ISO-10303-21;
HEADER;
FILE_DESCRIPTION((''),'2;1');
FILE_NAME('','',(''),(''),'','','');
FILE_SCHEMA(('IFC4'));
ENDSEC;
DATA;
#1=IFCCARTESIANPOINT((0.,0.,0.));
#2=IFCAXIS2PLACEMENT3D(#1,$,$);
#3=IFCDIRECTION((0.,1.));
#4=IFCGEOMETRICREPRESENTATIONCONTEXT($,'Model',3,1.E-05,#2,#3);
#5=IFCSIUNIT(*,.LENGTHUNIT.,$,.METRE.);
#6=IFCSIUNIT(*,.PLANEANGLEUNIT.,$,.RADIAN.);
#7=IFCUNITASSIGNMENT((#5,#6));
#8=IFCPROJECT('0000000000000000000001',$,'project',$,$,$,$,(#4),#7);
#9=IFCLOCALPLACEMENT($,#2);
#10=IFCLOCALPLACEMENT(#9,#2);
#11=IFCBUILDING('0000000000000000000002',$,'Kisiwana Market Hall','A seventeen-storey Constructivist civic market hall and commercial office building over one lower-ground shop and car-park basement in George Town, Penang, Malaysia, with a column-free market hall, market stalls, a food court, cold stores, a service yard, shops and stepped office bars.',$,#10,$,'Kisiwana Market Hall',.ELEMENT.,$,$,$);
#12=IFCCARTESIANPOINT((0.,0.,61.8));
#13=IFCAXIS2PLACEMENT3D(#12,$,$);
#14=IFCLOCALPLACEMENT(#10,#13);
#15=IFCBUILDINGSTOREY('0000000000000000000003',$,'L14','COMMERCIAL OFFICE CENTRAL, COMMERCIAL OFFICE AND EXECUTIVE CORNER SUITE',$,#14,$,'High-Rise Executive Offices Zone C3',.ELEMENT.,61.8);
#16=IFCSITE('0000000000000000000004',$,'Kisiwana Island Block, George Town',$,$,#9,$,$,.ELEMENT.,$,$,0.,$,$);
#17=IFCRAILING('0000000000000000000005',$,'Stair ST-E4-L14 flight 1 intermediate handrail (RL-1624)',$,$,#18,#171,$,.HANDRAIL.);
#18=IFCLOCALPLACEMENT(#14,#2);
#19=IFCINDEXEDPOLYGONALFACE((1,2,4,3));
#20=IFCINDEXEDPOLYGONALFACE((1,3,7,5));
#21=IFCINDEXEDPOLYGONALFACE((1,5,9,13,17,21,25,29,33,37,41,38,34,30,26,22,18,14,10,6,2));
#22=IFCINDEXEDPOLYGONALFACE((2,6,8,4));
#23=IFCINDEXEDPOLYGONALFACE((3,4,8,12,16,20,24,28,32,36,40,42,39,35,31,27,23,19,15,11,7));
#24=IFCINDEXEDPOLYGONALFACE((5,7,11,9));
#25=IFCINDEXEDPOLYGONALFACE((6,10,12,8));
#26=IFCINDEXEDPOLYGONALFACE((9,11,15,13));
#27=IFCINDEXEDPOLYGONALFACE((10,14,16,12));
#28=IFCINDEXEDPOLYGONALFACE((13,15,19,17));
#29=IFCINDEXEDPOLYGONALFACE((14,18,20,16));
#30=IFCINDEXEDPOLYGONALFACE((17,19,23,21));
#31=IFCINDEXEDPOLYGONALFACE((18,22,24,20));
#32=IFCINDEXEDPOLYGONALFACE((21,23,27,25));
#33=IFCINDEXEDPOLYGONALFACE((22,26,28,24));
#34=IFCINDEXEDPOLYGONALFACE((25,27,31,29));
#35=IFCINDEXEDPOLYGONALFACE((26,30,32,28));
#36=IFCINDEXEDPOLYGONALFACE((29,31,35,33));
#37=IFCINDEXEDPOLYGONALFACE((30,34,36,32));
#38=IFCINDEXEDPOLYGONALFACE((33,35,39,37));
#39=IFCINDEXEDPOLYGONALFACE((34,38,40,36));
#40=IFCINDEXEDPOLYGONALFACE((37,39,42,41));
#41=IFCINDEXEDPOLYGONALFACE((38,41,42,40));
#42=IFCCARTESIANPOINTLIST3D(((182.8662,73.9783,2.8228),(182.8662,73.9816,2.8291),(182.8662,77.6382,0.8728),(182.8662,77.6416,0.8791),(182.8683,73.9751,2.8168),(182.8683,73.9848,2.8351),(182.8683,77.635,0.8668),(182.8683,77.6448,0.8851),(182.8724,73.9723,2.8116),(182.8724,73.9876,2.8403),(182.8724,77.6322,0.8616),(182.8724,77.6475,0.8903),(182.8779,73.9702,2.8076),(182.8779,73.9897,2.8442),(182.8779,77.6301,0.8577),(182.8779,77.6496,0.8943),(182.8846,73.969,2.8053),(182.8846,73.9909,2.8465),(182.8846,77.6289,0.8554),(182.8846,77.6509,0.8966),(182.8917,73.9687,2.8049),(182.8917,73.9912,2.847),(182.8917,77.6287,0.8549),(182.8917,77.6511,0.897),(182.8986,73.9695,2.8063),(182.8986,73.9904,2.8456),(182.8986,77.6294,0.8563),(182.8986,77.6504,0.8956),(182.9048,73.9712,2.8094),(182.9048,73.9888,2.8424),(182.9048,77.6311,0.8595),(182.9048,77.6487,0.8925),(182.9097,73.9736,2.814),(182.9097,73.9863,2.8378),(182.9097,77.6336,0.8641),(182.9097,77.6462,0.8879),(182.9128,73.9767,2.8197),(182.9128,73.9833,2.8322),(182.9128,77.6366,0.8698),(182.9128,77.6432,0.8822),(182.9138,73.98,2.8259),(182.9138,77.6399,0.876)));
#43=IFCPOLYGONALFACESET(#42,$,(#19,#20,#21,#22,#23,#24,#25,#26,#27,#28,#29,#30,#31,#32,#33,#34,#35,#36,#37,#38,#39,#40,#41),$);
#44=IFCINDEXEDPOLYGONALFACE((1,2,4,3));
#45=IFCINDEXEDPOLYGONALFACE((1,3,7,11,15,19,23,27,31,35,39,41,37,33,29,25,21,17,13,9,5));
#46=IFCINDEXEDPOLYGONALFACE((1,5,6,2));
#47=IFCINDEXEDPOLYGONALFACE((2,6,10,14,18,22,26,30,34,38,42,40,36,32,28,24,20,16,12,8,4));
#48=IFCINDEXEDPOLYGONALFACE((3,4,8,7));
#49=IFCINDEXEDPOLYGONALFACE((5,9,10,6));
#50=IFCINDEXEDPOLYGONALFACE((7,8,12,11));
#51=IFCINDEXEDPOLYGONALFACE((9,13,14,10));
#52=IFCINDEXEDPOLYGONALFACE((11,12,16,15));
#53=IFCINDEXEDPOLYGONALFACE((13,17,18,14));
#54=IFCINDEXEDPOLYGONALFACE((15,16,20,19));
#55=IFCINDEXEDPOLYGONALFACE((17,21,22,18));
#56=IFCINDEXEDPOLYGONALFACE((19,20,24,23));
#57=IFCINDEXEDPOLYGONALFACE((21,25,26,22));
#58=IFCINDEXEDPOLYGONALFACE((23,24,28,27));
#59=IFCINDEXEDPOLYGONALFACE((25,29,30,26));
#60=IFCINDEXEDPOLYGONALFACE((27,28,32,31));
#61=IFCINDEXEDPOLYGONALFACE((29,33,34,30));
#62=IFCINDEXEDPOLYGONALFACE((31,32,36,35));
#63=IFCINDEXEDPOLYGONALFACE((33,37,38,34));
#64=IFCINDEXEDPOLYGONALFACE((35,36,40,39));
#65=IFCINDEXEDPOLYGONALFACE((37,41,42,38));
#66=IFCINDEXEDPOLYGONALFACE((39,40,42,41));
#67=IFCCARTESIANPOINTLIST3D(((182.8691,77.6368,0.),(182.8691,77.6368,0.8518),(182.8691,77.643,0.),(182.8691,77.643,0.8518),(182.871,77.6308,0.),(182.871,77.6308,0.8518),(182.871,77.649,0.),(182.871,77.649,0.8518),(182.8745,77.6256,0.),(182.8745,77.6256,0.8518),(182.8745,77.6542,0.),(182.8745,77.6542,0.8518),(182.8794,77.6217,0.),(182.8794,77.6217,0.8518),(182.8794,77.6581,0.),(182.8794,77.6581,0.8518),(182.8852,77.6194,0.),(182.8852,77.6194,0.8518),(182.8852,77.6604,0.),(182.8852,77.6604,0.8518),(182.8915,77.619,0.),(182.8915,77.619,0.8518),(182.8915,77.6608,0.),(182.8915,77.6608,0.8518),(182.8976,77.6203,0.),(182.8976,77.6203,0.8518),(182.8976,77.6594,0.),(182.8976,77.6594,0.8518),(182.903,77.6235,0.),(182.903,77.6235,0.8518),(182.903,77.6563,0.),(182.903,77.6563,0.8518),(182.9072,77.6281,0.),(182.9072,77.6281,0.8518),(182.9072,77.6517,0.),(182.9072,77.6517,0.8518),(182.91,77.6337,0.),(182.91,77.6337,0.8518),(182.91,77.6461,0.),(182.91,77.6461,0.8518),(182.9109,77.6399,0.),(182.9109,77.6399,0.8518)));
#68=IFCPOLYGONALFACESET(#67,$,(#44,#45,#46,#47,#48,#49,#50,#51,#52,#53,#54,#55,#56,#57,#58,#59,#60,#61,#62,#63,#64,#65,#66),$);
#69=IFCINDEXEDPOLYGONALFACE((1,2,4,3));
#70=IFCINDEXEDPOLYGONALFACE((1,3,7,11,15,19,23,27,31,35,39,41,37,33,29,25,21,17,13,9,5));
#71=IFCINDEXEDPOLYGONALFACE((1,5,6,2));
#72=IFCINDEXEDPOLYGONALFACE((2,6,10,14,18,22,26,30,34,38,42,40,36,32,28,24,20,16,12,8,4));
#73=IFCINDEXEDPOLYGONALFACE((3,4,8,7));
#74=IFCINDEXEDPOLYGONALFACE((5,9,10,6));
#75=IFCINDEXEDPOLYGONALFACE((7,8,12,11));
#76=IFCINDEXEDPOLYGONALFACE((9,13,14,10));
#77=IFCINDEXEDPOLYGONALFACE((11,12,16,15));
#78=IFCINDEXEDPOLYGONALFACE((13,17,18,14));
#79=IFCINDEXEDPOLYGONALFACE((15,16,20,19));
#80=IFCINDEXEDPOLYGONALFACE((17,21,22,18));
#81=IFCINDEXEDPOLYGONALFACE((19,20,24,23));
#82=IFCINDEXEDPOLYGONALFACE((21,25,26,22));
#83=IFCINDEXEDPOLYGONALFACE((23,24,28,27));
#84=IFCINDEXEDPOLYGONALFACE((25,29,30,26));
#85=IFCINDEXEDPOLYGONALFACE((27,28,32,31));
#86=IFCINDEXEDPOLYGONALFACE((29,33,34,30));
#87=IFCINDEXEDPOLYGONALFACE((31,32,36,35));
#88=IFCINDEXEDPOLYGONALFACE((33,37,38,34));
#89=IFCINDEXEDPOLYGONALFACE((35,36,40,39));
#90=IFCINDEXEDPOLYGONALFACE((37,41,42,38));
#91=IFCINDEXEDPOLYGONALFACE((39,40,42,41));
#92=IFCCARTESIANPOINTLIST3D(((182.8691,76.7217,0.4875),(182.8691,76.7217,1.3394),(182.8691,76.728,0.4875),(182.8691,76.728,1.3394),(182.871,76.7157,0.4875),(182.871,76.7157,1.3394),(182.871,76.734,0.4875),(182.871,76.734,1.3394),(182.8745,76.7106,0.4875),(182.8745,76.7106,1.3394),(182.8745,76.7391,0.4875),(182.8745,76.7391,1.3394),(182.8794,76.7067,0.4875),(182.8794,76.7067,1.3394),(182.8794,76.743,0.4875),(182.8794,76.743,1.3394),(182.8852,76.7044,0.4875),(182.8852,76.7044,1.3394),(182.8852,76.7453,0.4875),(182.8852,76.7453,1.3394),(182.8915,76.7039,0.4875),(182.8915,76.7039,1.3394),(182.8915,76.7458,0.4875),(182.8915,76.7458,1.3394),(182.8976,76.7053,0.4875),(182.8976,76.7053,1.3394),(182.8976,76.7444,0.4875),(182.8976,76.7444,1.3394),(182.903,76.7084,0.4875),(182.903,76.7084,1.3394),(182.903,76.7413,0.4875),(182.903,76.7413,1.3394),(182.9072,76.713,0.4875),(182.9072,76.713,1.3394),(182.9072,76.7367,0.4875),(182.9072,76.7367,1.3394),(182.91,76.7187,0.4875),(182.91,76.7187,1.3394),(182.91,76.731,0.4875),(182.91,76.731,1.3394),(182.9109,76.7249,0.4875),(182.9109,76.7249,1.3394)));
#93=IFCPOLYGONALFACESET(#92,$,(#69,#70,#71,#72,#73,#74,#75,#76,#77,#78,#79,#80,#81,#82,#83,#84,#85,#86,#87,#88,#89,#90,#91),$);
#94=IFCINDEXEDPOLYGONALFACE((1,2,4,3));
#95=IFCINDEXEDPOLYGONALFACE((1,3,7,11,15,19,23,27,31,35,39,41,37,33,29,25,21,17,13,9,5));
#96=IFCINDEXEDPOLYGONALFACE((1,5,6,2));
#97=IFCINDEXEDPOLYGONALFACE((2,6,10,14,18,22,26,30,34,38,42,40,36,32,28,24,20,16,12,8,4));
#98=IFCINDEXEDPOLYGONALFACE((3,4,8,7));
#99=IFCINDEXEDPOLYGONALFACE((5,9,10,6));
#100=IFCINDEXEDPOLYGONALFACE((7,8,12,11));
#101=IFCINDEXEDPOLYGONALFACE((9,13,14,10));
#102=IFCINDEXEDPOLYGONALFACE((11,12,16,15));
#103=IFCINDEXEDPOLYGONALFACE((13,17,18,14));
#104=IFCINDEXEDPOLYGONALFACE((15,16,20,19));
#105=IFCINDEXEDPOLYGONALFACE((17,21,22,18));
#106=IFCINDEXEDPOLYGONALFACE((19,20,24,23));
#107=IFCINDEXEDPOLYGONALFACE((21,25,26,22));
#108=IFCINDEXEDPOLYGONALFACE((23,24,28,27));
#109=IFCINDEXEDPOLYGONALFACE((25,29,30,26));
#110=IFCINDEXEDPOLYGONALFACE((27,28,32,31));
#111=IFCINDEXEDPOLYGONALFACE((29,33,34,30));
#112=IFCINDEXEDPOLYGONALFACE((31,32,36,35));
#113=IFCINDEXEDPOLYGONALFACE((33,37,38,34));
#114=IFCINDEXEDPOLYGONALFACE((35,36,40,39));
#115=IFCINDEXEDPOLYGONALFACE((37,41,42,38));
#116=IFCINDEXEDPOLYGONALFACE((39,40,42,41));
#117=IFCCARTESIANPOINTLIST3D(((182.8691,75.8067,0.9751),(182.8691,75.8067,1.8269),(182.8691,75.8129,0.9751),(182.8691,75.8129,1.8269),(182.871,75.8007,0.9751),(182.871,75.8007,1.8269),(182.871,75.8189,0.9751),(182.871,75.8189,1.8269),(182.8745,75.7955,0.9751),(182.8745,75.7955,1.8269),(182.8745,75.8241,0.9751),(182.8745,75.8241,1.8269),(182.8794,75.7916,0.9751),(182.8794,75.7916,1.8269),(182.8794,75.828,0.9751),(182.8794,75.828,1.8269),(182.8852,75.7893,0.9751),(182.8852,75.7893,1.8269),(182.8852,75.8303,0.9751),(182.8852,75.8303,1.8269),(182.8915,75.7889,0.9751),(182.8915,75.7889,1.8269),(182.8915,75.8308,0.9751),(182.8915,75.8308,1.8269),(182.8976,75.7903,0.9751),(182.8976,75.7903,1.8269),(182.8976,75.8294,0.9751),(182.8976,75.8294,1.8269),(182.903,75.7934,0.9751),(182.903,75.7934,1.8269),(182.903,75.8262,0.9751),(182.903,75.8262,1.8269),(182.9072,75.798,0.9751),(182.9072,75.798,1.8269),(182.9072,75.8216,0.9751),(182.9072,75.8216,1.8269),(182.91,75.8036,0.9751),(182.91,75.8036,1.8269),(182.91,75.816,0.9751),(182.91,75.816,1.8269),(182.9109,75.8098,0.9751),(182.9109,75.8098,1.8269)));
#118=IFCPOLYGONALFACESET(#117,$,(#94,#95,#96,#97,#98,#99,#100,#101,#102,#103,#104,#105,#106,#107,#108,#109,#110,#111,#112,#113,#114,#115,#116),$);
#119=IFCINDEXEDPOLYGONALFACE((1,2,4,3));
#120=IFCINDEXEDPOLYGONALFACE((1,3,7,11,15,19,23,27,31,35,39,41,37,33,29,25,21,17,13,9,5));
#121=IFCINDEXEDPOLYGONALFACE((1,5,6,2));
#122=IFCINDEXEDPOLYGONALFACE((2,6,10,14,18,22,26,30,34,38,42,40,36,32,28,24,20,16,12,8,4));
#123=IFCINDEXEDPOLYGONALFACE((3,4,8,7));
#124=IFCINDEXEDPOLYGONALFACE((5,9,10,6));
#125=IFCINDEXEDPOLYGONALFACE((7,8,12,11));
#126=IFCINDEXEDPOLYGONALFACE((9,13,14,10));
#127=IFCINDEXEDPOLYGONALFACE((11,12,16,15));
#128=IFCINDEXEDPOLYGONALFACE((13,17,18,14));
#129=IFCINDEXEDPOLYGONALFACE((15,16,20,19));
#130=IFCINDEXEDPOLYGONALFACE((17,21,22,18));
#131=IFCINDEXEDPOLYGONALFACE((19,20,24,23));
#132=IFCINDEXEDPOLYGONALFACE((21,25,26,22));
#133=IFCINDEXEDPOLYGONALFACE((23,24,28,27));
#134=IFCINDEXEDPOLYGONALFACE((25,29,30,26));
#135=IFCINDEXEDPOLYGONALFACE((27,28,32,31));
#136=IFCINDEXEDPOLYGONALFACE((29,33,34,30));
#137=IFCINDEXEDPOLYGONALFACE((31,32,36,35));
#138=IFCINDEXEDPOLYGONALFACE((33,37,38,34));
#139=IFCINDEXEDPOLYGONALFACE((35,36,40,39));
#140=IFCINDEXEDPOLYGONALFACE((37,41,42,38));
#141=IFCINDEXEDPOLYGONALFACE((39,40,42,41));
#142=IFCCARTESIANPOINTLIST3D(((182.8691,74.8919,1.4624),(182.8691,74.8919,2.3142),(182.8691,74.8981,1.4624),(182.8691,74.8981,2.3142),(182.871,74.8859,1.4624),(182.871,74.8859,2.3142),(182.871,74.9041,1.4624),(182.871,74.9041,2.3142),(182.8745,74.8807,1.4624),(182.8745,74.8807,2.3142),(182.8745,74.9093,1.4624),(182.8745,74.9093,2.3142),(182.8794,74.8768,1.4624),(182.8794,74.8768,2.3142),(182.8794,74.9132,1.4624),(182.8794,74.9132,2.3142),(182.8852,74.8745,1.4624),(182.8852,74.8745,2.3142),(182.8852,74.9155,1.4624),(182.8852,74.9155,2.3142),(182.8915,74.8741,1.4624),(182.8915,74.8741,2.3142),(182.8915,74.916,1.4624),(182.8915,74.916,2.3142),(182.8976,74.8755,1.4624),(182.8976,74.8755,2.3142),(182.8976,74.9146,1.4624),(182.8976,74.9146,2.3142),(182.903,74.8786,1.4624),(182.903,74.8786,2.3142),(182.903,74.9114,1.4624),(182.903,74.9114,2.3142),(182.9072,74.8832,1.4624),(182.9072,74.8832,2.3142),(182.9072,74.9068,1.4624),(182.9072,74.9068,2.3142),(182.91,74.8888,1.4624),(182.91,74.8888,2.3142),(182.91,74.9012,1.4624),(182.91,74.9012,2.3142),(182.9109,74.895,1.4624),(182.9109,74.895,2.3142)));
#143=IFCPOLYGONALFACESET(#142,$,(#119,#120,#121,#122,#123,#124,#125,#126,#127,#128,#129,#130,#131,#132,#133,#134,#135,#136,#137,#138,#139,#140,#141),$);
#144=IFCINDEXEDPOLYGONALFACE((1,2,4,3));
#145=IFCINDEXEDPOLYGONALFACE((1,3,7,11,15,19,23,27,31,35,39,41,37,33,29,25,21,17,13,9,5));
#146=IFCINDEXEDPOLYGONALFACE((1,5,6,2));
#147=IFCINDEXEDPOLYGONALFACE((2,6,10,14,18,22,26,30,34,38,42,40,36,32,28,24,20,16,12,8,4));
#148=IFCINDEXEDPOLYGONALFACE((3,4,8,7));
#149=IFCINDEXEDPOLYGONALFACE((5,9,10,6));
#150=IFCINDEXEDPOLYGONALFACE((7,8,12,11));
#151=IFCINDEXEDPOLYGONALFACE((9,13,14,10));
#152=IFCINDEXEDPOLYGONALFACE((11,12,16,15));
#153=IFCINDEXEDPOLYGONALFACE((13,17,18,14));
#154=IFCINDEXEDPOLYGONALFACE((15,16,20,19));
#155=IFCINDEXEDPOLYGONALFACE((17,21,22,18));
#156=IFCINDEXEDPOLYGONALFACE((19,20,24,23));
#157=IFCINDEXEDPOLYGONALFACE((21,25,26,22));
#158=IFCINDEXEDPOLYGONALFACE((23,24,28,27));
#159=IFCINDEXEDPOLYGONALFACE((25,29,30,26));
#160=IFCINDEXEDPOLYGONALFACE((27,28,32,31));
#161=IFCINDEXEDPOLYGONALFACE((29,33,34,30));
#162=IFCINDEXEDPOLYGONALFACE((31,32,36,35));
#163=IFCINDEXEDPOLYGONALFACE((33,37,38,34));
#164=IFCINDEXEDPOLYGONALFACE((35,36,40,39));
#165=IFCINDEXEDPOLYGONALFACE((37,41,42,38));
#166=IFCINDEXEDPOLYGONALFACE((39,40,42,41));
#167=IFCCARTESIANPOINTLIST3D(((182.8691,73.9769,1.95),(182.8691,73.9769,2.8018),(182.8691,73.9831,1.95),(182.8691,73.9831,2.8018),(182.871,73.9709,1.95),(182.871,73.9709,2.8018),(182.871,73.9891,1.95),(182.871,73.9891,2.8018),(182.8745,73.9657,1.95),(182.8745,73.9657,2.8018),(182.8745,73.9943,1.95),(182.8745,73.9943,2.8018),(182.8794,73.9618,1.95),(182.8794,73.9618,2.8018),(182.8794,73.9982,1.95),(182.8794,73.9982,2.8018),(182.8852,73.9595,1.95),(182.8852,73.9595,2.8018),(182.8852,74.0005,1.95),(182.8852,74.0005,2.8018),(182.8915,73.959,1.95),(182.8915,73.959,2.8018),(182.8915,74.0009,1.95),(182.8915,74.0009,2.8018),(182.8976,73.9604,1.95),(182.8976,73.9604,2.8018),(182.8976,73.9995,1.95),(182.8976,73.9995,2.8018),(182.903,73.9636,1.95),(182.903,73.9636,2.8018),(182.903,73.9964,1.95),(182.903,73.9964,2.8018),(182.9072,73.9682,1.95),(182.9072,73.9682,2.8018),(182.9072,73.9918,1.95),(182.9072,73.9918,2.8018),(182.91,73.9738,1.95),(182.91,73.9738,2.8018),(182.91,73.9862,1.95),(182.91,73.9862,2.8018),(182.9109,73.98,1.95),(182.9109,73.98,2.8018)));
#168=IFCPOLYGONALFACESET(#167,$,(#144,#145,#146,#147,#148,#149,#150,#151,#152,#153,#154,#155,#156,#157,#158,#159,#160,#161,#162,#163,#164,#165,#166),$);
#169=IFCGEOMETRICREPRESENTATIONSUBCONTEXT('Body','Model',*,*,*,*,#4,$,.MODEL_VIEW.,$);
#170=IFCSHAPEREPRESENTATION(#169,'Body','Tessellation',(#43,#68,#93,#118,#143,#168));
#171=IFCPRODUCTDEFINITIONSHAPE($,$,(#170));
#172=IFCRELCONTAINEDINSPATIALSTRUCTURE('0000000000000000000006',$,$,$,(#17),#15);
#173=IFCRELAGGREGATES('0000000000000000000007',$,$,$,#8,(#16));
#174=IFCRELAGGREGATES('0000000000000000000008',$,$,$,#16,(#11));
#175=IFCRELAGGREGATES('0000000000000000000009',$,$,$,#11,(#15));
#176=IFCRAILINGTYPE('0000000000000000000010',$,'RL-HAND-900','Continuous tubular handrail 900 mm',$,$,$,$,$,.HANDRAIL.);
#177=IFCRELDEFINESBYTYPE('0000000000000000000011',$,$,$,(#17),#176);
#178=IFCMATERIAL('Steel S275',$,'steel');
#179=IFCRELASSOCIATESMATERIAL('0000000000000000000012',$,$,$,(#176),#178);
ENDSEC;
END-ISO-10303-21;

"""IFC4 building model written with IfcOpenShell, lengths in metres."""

from ifc_helpers import new_model, si_unit, direction, frame, origin, origin_2d, place, context, subcontext, project, spatial, circle, extrude, material, type_object, element, save


model = new_model("IFC4")

# Units and contexts
model_context = context("Model", 3, precision=1e-05, world=origin(), true_north=direction((0.0, 1.0)))
body_context = subcontext(model_context, "Body", "Model", "MODEL_VIEW")
ifc_project = project(units=[si_unit("LENGTHUNIT", "METRE"), si_unit("PLANEANGLEUNIT", "RADIAN")], contexts=[model_context])

# Site, building, storey
site_placement = place(None, origin())
site = spatial("IfcSite", under=ifc_project, at=site_placement, Name="Kisiwana Island Block, George Town", CompositionType="ELEMENT", RefElevation=0.0)
building_placement = place(site_placement, origin())
building = spatial("IfcBuilding", under=site, at=building_placement, Name="Kisiwana Market Hall", Description="A seventeen-storey Constructivist civic market hall and commercial office building over one lower-ground shop and car-park basement in George Town, Penang, Malaysia, with a column-free market hall, market stalls, a food court, cold stores, a service yard, shops and stepped office bars.", LongName="Kisiwana Market Hall", CompositionType="ELEMENT")
storey_placement = place(building_placement, frame((0.0, 0.0, 61.8)))
storey = spatial("IfcBuildingStorey", under=building, at=storey_placement, Name="L14", Description="COMMERCIAL OFFICE CENTRAL, COMMERCIAL OFFICE AND EXECUTIVE CORNER SUITE", LongName="High-Rise Executive Offices Zone C3", CompositionType="ELEMENT", Elevation=61.8)

# Railing
ifc_material_1 = material(Name="Steel S275", Category="steel")
railing_type_1 = type_object("IfcRailingType", Name="RL-HAND-900", Description="Continuous tubular handrail 900 mm", PredefinedType="HANDRAIL", material=ifc_material_1)
railing_1_placement = place(storey_placement, frame((182.8899, 77.6399, 0.0)))
element("IfcRailing", 1, at=railing_1_placement, inside=storey, type_object=railing_type_1, Name="Stair ST-E4-L14 flight 1 intermediate handrail (RL-1624)", PredefinedType="HANDRAIL", context=body_context, shape_type="SweptSolid", body=[
    extrude(circle(Radius=0.0239, at=origin_2d()), frame((0.0, 0.0, 0.876), z_axis=(0.0, -0.882553, 0.470212), x_axis=(1.0, 0.0, 0.0)), (0.0, 0.0, 1.0), 4.147),
    extrude(circle(Radius=0.021, at=origin_2d()), origin(), (0.0, 0.0, 1.0), 0.8518),
    extrude(circle(Radius=0.021, at=origin_2d()), frame((0.0, -0.915, 0.4875)), (0.0, 0.0, 1.0), 0.8518),
    extrude(circle(Radius=0.021, at=origin_2d()), frame((0.0, -1.8301, 0.9751)), (0.0, 0.0, 1.0), 0.8518),
    extrude(circle(Radius=0.021, at=origin_2d()), frame((0.0, -2.7449, 1.4624)), (0.0, 0.0, 1.0), 0.8518),
    extrude(circle(Radius=0.021, at=origin_2d()), frame((0.0, -3.6599, 1.95)), (0.0, 0.0, 1.0), 0.8518),
])

save(model, "model.ifc")
